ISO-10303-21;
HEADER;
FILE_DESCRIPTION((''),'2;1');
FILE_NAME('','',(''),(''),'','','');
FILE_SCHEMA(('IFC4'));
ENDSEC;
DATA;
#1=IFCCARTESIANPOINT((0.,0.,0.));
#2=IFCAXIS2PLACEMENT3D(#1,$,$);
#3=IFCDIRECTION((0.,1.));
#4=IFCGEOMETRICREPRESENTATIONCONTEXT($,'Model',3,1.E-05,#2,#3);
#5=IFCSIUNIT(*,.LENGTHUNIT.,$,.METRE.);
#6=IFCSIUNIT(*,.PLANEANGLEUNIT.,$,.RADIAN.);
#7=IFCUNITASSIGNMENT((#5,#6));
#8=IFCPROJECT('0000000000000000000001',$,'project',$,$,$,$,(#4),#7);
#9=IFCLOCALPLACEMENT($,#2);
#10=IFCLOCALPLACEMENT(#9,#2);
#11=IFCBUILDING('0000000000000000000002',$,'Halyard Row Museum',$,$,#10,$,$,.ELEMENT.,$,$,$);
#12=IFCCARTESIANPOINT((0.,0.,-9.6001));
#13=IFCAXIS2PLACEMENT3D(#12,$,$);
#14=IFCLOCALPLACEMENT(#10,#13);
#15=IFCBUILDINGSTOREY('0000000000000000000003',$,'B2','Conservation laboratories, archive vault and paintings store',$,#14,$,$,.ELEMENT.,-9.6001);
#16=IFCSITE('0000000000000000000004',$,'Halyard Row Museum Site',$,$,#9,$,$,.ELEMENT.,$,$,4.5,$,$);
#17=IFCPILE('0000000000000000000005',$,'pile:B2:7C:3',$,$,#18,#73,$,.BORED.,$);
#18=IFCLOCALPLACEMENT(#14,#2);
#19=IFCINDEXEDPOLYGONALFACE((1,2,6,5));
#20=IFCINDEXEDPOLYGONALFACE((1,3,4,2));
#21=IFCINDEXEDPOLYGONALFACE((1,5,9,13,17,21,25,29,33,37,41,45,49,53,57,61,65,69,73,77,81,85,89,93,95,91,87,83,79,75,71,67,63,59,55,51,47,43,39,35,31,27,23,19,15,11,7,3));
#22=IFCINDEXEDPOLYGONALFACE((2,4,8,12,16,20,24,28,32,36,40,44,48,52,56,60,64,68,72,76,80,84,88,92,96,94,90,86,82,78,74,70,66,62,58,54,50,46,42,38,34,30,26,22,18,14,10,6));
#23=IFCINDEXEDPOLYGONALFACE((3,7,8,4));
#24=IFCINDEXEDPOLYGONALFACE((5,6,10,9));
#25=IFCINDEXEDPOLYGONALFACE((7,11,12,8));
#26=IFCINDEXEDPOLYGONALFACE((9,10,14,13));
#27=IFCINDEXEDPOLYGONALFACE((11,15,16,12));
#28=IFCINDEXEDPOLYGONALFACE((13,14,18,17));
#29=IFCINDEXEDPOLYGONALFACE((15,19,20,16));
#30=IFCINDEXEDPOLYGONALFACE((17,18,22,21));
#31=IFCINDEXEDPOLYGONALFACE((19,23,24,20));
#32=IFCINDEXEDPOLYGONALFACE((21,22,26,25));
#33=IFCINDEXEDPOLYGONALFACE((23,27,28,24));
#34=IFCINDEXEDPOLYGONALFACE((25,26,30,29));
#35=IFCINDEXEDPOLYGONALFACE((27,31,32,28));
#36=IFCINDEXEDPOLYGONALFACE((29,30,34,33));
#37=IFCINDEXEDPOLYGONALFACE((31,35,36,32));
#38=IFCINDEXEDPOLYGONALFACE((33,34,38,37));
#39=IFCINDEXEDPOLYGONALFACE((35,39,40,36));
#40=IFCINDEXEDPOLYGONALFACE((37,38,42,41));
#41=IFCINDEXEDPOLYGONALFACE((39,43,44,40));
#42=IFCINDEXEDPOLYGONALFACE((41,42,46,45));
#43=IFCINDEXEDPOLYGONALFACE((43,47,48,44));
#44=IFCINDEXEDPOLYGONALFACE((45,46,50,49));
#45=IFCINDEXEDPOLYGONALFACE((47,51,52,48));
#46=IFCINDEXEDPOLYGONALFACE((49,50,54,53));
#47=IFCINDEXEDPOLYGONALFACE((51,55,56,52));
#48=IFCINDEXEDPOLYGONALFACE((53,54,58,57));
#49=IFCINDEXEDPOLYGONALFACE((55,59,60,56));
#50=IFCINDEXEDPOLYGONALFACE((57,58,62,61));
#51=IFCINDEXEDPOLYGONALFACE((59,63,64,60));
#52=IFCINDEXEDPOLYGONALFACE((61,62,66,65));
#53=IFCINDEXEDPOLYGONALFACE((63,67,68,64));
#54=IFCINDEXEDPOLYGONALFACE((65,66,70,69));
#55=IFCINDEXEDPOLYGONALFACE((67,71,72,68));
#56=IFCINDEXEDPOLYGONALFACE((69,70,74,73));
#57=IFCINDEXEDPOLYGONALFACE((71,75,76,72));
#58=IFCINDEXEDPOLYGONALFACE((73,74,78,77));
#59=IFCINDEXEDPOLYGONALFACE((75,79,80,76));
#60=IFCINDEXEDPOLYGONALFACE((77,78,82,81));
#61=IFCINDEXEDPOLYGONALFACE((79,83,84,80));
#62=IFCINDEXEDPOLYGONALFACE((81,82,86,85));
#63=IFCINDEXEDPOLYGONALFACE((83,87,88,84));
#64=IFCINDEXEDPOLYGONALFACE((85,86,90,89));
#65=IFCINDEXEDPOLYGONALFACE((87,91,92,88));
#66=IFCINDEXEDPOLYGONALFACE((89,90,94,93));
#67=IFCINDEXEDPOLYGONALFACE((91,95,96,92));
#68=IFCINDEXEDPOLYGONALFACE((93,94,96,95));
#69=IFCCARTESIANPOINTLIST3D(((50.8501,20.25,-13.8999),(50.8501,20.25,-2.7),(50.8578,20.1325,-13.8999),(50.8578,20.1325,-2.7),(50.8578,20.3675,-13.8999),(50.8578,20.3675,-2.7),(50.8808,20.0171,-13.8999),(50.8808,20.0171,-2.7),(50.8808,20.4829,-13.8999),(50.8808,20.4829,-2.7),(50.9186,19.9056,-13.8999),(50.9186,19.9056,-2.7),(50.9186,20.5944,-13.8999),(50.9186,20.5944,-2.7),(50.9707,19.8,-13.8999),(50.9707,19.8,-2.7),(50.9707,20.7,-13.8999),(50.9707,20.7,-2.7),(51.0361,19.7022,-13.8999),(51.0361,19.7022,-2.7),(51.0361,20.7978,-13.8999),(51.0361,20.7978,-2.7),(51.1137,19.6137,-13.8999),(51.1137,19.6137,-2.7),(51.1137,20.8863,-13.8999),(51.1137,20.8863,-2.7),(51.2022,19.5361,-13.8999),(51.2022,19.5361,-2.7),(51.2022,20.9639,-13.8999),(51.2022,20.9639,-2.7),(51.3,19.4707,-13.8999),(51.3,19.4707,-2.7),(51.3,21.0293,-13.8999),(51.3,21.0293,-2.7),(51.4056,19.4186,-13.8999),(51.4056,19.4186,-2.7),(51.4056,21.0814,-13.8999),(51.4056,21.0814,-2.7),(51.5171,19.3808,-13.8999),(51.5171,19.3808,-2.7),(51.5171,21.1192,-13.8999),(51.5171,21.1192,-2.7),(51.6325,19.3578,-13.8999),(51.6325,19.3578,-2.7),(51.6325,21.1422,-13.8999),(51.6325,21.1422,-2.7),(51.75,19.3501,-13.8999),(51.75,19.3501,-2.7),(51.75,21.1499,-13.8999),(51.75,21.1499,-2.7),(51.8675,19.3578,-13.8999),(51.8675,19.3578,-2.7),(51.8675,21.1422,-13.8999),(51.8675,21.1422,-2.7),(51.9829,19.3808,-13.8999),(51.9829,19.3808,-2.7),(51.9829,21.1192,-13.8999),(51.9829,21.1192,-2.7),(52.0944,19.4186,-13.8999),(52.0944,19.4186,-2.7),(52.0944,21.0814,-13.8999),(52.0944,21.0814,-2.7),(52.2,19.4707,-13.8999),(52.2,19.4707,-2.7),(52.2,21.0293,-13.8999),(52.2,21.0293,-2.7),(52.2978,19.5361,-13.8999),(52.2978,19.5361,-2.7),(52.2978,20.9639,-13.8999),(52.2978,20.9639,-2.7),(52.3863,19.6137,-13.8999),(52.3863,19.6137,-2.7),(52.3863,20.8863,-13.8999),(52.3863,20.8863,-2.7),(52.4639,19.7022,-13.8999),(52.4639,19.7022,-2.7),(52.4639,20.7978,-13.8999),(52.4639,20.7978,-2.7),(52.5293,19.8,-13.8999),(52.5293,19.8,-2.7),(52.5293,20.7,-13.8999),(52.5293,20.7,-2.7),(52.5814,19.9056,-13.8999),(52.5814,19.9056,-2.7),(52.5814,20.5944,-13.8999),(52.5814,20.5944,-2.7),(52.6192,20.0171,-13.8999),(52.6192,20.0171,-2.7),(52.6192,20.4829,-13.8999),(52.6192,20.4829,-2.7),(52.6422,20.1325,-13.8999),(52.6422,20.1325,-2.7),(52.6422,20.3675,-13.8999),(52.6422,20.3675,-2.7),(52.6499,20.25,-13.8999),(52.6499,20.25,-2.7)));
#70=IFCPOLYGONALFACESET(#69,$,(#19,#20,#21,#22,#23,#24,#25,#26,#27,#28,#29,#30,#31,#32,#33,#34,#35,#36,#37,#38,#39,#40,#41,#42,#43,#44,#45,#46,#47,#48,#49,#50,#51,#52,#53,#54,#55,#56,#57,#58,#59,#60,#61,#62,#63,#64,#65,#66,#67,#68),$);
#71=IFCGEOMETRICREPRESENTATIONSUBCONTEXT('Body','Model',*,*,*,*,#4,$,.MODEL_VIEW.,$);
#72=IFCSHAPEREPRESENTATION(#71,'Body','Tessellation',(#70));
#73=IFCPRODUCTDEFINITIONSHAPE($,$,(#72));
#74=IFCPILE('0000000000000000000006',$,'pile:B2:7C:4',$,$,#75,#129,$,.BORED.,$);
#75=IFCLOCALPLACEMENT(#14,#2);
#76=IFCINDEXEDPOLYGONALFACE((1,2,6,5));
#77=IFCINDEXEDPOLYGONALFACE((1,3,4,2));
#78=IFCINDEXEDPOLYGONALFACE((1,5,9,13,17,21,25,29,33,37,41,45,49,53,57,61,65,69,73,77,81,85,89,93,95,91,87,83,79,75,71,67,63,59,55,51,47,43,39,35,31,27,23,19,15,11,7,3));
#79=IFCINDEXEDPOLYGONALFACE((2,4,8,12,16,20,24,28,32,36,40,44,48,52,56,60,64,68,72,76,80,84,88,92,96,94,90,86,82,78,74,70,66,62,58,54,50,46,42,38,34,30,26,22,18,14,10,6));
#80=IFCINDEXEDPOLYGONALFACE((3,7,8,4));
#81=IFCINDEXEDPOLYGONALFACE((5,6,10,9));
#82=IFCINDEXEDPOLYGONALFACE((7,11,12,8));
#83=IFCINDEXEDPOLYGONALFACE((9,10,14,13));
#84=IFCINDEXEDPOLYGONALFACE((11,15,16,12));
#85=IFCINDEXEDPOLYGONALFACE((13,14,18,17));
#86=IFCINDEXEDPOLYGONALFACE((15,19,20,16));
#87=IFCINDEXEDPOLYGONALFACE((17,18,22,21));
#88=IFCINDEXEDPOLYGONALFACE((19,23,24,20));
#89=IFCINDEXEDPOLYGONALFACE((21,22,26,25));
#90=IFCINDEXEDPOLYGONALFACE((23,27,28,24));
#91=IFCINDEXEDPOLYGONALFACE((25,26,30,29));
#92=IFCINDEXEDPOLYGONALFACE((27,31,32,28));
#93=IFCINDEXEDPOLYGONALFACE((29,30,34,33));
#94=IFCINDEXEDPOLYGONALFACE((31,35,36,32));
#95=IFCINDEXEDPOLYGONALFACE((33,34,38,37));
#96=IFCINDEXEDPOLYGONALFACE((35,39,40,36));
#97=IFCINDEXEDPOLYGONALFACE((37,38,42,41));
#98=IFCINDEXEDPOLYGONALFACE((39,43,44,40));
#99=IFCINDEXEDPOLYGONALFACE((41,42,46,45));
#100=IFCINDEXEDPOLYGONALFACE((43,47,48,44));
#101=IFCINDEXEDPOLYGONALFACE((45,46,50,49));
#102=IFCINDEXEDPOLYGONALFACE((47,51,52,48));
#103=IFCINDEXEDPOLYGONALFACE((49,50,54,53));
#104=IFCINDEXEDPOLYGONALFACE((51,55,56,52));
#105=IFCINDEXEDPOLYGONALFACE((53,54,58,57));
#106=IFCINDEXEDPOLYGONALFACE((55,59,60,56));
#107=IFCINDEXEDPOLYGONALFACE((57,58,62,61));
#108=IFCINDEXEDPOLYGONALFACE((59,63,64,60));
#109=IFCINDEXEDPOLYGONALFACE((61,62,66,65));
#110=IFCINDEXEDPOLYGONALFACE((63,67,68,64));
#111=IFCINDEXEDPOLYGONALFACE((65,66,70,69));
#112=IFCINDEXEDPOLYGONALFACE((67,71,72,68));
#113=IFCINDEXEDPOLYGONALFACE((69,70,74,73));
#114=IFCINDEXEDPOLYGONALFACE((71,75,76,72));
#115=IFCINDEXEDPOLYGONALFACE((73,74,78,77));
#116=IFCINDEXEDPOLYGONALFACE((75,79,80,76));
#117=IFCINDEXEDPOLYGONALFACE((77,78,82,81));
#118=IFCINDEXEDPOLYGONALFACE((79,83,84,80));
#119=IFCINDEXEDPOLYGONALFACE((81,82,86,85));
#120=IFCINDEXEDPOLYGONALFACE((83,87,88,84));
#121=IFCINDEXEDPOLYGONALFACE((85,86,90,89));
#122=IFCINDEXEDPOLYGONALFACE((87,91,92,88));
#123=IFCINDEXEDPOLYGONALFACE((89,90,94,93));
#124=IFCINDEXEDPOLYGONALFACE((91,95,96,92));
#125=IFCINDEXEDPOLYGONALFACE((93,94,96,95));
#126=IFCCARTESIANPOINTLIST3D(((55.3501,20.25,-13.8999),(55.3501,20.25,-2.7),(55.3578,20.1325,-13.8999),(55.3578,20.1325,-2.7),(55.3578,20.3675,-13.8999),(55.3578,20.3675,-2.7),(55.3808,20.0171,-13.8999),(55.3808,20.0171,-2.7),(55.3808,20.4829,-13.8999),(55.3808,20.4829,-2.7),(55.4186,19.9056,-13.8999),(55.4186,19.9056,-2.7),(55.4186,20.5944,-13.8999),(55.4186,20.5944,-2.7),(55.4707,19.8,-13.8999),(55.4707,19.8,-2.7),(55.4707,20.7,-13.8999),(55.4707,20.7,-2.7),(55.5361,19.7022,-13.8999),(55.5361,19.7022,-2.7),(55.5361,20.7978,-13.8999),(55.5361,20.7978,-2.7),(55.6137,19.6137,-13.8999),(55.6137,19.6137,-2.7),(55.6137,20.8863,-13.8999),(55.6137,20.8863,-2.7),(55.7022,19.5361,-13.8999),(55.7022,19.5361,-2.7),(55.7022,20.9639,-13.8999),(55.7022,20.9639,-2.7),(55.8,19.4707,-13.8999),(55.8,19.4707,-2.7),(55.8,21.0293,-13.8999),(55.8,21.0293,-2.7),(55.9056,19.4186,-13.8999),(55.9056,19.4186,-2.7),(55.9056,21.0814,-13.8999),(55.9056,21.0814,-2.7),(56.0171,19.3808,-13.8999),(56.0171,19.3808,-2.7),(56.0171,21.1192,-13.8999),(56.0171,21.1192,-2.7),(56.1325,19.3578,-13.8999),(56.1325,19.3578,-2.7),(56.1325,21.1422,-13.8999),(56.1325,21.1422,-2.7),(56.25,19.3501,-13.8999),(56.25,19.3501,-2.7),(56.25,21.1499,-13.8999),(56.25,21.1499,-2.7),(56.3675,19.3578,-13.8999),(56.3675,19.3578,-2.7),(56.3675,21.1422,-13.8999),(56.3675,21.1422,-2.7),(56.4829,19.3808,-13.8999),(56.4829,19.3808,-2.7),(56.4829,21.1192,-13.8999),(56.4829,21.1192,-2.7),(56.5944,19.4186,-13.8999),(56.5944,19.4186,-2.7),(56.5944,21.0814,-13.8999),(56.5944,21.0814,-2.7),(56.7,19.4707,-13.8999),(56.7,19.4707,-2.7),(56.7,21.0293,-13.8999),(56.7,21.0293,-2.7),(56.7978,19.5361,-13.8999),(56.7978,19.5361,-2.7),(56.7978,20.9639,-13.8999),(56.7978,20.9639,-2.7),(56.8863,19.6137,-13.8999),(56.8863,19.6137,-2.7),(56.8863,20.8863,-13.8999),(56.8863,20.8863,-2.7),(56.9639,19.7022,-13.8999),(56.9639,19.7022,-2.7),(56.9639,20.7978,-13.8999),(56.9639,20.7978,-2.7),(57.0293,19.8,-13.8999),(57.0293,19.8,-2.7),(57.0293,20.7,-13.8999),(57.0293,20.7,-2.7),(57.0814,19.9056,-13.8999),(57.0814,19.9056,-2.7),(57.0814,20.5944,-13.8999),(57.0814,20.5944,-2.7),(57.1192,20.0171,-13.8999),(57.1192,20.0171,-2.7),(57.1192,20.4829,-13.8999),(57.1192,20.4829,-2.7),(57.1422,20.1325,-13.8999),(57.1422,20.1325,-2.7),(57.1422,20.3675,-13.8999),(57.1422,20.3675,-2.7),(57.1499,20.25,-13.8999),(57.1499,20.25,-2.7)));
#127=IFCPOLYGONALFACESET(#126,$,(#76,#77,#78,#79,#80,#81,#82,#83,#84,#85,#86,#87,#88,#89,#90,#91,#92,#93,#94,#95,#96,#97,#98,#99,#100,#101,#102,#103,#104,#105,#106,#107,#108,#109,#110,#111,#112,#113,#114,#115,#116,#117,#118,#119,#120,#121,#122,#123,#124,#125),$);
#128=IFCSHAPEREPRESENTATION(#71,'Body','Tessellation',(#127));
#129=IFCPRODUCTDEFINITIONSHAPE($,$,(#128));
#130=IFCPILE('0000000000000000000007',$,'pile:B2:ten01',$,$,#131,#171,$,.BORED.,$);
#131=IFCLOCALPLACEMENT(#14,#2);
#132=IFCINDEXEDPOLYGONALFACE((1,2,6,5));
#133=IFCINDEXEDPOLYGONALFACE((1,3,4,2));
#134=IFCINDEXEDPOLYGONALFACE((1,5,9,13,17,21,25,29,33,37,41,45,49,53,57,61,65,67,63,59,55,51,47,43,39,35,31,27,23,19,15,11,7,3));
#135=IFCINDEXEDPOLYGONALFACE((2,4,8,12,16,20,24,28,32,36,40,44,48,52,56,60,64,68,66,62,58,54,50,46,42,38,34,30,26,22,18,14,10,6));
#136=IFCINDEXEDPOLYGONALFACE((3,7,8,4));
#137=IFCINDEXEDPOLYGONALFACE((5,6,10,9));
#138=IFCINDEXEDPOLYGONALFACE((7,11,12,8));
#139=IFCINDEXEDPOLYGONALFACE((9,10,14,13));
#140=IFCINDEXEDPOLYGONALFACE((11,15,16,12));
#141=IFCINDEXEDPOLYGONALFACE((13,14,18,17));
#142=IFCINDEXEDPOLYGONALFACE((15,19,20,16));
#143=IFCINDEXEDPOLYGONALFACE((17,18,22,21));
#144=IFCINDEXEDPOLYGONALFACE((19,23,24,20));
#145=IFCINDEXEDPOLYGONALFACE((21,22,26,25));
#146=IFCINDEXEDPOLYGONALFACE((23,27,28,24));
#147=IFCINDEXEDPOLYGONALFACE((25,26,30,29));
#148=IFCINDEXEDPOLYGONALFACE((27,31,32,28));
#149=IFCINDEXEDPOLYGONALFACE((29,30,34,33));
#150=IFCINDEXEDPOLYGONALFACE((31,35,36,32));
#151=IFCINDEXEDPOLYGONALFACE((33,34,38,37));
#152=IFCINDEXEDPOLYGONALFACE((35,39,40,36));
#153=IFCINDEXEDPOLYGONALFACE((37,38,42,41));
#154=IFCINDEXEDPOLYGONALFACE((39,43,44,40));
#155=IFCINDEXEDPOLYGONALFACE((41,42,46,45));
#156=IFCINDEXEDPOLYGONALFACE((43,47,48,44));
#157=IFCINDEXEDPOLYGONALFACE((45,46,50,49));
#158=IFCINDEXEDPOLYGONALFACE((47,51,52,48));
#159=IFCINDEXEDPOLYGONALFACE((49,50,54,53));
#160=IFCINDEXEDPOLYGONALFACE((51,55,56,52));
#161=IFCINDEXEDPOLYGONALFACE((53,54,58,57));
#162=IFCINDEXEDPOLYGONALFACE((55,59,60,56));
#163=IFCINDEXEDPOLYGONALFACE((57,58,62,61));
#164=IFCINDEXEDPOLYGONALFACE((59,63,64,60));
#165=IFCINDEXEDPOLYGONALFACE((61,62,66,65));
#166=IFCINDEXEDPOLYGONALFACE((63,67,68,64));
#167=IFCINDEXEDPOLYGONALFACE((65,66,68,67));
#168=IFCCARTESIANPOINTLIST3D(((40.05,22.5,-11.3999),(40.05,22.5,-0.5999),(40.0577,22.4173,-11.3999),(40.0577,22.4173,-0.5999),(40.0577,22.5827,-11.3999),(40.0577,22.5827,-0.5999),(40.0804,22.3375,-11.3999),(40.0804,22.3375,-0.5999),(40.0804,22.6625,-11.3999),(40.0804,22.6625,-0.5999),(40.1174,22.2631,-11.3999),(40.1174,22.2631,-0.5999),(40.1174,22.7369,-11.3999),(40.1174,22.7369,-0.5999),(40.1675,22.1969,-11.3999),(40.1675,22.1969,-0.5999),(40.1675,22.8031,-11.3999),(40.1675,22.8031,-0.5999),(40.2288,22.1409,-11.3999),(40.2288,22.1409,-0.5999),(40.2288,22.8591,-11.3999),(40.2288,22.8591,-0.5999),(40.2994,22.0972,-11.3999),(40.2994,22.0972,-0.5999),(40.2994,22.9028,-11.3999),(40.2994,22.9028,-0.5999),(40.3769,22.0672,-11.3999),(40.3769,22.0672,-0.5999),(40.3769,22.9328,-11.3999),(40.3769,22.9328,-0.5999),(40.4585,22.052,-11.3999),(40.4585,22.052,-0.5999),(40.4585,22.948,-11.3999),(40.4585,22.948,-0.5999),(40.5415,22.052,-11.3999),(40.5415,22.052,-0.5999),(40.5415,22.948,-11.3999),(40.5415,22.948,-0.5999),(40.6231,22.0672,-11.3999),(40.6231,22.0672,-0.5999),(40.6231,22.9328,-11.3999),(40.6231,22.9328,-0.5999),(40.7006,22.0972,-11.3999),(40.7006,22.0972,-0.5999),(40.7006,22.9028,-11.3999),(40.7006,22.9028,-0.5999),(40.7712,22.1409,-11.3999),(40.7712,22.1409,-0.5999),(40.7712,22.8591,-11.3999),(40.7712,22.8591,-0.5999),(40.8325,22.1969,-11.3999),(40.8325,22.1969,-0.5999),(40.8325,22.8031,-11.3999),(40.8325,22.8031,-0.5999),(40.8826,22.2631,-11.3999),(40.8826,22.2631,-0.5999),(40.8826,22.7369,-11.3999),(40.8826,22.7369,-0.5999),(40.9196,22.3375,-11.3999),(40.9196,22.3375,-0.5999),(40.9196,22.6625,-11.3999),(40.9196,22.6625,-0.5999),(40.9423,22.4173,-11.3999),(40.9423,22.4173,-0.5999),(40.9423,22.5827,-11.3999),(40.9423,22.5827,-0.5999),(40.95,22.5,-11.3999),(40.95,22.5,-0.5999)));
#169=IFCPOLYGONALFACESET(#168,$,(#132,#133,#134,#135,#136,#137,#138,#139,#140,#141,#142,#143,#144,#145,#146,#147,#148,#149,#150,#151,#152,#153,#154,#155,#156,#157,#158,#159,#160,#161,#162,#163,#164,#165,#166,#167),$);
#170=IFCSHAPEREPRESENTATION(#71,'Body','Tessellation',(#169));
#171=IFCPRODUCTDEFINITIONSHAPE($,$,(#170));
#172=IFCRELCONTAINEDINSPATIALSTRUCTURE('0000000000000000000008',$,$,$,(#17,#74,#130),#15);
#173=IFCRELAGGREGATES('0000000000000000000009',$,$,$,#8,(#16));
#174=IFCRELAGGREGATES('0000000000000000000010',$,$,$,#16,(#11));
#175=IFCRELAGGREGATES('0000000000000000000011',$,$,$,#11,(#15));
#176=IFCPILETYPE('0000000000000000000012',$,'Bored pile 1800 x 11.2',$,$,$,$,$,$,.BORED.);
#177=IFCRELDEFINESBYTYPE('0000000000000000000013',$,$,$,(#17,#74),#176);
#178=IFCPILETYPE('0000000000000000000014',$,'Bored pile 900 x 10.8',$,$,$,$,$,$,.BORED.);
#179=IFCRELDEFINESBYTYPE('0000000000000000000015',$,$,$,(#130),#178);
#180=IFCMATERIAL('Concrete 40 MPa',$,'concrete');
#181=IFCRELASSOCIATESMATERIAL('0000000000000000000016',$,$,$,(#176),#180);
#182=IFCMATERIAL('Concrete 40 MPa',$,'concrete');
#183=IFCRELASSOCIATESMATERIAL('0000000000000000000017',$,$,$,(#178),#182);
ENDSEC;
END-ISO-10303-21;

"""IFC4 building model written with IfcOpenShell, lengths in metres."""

from ifc_helpers import new_model, si_unit, direction, frame, origin, origin_2d, place, context, subcontext, project, spatial, circle, extrude, material, material_profile, profile_set, type_object, element, save


model = new_model("IFC4")

# Units and contexts
model_context = context("Model", 3, precision=1e-05, world=origin(), true_north=direction((0.0, 1.0)))
body_context = subcontext(model_context, "Body", "Model", "MODEL_VIEW")
ifc_project = project(units=[si_unit("LENGTHUNIT", "METRE"), si_unit("PLANEANGLEUNIT", "RADIAN")], contexts=[model_context])

# Site, building, storey
site_placement = place(None, origin())
site = spatial("IfcSite", under=ifc_project, at=site_placement, Name="Halyard Row Museum Site", CompositionType="ELEMENT", RefElevation=4.5)
building_placement = place(site_placement, origin())
building = spatial("IfcBuilding", under=site, at=building_placement, Name="Halyard Row Museum", CompositionType="ELEMENT")
storey_placement = place(building_placement, frame((0.0, 0.0, -9.6001)))
storey = spatial("IfcBuildingStorey", under=building, at=storey_placement, Name="B2", Description="Conservation laboratories, archive vault and paintings store", CompositionType="ELEMENT", Elevation=-9.6001)

# Piles
ifc_material_1 = material(Name="Concrete 40 MPa", Category="concrete")
ifc_material_profile_1 = material_profile(ifc_material_1, circle(Radius=0.8999, at=origin_2d()), Name="Bored pile 1800 x 11.2")
ifc_profile_set_1 = profile_set([ifc_material_profile_1], Name="Concrete 40 MPa")
pile_type_1 = type_object("IfcPileType", Name="Bored pile 1800 x 11.2", PredefinedType="BORED", material=ifc_profile_set_1)
for number, where, z_axis, x_axis, name in (
    (1, (51.75, 20.25, -2.7), (0.0, 0.0, -1.0), (1.0, 0.0, 0.0), "pile:B2:7C:3"),
    (2, (56.25, 20.25, -2.7), (0.0, 0.0, -1.0), (1.0, 0.0, 0.0), "pile:B2:7C:4"),
):
    element("IfcPile", number, at=place(storey_placement, frame(where, z_axis=z_axis, x_axis=x_axis)), inside=storey, type_object=pile_type_1, Name=name, PredefinedType="BORED", context=body_context, shape_type="SweptSolid", body=[
        extrude(circle(Radius=0.8999, at=origin_2d()), origin(), (0.0, 0.0, 1.0), 11.2),
    ])
ifc_material_2 = material(Name="Concrete 40 MPa", Category="concrete")
ifc_material_profile_2 = material_profile(ifc_material_2, circle(Radius=0.45, at=origin_2d()), Name="Bored pile 900 x 10.8")
ifc_profile_set_2 = profile_set([ifc_material_profile_2], Name="Concrete 40 MPa")
pile_type_2 = type_object("IfcPileType", Name="Bored pile 900 x 10.8", PredefinedType="BORED", material=ifc_profile_set_2)
for number, where, z_axis, x_axis, name in (
    (3, (40.5, 22.5, -0.5999), (0.0, 0.0, -1.0), (1.0, 0.0, 0.0), "pile:B2:ten01"),
):
    element("IfcPile", number, at=place(storey_placement, frame(where, z_axis=z_axis, x_axis=x_axis)), inside=storey, type_object=pile_type_2, Name=name, PredefinedType="BORED", context=body_context, shape_type="SweptSolid", body=[
        extrude(circle(Radius=0.45, at=origin_2d()), origin(), (0.0, 0.0, 1.0), 10.8),
    ])

save(model, "model.ifc")
